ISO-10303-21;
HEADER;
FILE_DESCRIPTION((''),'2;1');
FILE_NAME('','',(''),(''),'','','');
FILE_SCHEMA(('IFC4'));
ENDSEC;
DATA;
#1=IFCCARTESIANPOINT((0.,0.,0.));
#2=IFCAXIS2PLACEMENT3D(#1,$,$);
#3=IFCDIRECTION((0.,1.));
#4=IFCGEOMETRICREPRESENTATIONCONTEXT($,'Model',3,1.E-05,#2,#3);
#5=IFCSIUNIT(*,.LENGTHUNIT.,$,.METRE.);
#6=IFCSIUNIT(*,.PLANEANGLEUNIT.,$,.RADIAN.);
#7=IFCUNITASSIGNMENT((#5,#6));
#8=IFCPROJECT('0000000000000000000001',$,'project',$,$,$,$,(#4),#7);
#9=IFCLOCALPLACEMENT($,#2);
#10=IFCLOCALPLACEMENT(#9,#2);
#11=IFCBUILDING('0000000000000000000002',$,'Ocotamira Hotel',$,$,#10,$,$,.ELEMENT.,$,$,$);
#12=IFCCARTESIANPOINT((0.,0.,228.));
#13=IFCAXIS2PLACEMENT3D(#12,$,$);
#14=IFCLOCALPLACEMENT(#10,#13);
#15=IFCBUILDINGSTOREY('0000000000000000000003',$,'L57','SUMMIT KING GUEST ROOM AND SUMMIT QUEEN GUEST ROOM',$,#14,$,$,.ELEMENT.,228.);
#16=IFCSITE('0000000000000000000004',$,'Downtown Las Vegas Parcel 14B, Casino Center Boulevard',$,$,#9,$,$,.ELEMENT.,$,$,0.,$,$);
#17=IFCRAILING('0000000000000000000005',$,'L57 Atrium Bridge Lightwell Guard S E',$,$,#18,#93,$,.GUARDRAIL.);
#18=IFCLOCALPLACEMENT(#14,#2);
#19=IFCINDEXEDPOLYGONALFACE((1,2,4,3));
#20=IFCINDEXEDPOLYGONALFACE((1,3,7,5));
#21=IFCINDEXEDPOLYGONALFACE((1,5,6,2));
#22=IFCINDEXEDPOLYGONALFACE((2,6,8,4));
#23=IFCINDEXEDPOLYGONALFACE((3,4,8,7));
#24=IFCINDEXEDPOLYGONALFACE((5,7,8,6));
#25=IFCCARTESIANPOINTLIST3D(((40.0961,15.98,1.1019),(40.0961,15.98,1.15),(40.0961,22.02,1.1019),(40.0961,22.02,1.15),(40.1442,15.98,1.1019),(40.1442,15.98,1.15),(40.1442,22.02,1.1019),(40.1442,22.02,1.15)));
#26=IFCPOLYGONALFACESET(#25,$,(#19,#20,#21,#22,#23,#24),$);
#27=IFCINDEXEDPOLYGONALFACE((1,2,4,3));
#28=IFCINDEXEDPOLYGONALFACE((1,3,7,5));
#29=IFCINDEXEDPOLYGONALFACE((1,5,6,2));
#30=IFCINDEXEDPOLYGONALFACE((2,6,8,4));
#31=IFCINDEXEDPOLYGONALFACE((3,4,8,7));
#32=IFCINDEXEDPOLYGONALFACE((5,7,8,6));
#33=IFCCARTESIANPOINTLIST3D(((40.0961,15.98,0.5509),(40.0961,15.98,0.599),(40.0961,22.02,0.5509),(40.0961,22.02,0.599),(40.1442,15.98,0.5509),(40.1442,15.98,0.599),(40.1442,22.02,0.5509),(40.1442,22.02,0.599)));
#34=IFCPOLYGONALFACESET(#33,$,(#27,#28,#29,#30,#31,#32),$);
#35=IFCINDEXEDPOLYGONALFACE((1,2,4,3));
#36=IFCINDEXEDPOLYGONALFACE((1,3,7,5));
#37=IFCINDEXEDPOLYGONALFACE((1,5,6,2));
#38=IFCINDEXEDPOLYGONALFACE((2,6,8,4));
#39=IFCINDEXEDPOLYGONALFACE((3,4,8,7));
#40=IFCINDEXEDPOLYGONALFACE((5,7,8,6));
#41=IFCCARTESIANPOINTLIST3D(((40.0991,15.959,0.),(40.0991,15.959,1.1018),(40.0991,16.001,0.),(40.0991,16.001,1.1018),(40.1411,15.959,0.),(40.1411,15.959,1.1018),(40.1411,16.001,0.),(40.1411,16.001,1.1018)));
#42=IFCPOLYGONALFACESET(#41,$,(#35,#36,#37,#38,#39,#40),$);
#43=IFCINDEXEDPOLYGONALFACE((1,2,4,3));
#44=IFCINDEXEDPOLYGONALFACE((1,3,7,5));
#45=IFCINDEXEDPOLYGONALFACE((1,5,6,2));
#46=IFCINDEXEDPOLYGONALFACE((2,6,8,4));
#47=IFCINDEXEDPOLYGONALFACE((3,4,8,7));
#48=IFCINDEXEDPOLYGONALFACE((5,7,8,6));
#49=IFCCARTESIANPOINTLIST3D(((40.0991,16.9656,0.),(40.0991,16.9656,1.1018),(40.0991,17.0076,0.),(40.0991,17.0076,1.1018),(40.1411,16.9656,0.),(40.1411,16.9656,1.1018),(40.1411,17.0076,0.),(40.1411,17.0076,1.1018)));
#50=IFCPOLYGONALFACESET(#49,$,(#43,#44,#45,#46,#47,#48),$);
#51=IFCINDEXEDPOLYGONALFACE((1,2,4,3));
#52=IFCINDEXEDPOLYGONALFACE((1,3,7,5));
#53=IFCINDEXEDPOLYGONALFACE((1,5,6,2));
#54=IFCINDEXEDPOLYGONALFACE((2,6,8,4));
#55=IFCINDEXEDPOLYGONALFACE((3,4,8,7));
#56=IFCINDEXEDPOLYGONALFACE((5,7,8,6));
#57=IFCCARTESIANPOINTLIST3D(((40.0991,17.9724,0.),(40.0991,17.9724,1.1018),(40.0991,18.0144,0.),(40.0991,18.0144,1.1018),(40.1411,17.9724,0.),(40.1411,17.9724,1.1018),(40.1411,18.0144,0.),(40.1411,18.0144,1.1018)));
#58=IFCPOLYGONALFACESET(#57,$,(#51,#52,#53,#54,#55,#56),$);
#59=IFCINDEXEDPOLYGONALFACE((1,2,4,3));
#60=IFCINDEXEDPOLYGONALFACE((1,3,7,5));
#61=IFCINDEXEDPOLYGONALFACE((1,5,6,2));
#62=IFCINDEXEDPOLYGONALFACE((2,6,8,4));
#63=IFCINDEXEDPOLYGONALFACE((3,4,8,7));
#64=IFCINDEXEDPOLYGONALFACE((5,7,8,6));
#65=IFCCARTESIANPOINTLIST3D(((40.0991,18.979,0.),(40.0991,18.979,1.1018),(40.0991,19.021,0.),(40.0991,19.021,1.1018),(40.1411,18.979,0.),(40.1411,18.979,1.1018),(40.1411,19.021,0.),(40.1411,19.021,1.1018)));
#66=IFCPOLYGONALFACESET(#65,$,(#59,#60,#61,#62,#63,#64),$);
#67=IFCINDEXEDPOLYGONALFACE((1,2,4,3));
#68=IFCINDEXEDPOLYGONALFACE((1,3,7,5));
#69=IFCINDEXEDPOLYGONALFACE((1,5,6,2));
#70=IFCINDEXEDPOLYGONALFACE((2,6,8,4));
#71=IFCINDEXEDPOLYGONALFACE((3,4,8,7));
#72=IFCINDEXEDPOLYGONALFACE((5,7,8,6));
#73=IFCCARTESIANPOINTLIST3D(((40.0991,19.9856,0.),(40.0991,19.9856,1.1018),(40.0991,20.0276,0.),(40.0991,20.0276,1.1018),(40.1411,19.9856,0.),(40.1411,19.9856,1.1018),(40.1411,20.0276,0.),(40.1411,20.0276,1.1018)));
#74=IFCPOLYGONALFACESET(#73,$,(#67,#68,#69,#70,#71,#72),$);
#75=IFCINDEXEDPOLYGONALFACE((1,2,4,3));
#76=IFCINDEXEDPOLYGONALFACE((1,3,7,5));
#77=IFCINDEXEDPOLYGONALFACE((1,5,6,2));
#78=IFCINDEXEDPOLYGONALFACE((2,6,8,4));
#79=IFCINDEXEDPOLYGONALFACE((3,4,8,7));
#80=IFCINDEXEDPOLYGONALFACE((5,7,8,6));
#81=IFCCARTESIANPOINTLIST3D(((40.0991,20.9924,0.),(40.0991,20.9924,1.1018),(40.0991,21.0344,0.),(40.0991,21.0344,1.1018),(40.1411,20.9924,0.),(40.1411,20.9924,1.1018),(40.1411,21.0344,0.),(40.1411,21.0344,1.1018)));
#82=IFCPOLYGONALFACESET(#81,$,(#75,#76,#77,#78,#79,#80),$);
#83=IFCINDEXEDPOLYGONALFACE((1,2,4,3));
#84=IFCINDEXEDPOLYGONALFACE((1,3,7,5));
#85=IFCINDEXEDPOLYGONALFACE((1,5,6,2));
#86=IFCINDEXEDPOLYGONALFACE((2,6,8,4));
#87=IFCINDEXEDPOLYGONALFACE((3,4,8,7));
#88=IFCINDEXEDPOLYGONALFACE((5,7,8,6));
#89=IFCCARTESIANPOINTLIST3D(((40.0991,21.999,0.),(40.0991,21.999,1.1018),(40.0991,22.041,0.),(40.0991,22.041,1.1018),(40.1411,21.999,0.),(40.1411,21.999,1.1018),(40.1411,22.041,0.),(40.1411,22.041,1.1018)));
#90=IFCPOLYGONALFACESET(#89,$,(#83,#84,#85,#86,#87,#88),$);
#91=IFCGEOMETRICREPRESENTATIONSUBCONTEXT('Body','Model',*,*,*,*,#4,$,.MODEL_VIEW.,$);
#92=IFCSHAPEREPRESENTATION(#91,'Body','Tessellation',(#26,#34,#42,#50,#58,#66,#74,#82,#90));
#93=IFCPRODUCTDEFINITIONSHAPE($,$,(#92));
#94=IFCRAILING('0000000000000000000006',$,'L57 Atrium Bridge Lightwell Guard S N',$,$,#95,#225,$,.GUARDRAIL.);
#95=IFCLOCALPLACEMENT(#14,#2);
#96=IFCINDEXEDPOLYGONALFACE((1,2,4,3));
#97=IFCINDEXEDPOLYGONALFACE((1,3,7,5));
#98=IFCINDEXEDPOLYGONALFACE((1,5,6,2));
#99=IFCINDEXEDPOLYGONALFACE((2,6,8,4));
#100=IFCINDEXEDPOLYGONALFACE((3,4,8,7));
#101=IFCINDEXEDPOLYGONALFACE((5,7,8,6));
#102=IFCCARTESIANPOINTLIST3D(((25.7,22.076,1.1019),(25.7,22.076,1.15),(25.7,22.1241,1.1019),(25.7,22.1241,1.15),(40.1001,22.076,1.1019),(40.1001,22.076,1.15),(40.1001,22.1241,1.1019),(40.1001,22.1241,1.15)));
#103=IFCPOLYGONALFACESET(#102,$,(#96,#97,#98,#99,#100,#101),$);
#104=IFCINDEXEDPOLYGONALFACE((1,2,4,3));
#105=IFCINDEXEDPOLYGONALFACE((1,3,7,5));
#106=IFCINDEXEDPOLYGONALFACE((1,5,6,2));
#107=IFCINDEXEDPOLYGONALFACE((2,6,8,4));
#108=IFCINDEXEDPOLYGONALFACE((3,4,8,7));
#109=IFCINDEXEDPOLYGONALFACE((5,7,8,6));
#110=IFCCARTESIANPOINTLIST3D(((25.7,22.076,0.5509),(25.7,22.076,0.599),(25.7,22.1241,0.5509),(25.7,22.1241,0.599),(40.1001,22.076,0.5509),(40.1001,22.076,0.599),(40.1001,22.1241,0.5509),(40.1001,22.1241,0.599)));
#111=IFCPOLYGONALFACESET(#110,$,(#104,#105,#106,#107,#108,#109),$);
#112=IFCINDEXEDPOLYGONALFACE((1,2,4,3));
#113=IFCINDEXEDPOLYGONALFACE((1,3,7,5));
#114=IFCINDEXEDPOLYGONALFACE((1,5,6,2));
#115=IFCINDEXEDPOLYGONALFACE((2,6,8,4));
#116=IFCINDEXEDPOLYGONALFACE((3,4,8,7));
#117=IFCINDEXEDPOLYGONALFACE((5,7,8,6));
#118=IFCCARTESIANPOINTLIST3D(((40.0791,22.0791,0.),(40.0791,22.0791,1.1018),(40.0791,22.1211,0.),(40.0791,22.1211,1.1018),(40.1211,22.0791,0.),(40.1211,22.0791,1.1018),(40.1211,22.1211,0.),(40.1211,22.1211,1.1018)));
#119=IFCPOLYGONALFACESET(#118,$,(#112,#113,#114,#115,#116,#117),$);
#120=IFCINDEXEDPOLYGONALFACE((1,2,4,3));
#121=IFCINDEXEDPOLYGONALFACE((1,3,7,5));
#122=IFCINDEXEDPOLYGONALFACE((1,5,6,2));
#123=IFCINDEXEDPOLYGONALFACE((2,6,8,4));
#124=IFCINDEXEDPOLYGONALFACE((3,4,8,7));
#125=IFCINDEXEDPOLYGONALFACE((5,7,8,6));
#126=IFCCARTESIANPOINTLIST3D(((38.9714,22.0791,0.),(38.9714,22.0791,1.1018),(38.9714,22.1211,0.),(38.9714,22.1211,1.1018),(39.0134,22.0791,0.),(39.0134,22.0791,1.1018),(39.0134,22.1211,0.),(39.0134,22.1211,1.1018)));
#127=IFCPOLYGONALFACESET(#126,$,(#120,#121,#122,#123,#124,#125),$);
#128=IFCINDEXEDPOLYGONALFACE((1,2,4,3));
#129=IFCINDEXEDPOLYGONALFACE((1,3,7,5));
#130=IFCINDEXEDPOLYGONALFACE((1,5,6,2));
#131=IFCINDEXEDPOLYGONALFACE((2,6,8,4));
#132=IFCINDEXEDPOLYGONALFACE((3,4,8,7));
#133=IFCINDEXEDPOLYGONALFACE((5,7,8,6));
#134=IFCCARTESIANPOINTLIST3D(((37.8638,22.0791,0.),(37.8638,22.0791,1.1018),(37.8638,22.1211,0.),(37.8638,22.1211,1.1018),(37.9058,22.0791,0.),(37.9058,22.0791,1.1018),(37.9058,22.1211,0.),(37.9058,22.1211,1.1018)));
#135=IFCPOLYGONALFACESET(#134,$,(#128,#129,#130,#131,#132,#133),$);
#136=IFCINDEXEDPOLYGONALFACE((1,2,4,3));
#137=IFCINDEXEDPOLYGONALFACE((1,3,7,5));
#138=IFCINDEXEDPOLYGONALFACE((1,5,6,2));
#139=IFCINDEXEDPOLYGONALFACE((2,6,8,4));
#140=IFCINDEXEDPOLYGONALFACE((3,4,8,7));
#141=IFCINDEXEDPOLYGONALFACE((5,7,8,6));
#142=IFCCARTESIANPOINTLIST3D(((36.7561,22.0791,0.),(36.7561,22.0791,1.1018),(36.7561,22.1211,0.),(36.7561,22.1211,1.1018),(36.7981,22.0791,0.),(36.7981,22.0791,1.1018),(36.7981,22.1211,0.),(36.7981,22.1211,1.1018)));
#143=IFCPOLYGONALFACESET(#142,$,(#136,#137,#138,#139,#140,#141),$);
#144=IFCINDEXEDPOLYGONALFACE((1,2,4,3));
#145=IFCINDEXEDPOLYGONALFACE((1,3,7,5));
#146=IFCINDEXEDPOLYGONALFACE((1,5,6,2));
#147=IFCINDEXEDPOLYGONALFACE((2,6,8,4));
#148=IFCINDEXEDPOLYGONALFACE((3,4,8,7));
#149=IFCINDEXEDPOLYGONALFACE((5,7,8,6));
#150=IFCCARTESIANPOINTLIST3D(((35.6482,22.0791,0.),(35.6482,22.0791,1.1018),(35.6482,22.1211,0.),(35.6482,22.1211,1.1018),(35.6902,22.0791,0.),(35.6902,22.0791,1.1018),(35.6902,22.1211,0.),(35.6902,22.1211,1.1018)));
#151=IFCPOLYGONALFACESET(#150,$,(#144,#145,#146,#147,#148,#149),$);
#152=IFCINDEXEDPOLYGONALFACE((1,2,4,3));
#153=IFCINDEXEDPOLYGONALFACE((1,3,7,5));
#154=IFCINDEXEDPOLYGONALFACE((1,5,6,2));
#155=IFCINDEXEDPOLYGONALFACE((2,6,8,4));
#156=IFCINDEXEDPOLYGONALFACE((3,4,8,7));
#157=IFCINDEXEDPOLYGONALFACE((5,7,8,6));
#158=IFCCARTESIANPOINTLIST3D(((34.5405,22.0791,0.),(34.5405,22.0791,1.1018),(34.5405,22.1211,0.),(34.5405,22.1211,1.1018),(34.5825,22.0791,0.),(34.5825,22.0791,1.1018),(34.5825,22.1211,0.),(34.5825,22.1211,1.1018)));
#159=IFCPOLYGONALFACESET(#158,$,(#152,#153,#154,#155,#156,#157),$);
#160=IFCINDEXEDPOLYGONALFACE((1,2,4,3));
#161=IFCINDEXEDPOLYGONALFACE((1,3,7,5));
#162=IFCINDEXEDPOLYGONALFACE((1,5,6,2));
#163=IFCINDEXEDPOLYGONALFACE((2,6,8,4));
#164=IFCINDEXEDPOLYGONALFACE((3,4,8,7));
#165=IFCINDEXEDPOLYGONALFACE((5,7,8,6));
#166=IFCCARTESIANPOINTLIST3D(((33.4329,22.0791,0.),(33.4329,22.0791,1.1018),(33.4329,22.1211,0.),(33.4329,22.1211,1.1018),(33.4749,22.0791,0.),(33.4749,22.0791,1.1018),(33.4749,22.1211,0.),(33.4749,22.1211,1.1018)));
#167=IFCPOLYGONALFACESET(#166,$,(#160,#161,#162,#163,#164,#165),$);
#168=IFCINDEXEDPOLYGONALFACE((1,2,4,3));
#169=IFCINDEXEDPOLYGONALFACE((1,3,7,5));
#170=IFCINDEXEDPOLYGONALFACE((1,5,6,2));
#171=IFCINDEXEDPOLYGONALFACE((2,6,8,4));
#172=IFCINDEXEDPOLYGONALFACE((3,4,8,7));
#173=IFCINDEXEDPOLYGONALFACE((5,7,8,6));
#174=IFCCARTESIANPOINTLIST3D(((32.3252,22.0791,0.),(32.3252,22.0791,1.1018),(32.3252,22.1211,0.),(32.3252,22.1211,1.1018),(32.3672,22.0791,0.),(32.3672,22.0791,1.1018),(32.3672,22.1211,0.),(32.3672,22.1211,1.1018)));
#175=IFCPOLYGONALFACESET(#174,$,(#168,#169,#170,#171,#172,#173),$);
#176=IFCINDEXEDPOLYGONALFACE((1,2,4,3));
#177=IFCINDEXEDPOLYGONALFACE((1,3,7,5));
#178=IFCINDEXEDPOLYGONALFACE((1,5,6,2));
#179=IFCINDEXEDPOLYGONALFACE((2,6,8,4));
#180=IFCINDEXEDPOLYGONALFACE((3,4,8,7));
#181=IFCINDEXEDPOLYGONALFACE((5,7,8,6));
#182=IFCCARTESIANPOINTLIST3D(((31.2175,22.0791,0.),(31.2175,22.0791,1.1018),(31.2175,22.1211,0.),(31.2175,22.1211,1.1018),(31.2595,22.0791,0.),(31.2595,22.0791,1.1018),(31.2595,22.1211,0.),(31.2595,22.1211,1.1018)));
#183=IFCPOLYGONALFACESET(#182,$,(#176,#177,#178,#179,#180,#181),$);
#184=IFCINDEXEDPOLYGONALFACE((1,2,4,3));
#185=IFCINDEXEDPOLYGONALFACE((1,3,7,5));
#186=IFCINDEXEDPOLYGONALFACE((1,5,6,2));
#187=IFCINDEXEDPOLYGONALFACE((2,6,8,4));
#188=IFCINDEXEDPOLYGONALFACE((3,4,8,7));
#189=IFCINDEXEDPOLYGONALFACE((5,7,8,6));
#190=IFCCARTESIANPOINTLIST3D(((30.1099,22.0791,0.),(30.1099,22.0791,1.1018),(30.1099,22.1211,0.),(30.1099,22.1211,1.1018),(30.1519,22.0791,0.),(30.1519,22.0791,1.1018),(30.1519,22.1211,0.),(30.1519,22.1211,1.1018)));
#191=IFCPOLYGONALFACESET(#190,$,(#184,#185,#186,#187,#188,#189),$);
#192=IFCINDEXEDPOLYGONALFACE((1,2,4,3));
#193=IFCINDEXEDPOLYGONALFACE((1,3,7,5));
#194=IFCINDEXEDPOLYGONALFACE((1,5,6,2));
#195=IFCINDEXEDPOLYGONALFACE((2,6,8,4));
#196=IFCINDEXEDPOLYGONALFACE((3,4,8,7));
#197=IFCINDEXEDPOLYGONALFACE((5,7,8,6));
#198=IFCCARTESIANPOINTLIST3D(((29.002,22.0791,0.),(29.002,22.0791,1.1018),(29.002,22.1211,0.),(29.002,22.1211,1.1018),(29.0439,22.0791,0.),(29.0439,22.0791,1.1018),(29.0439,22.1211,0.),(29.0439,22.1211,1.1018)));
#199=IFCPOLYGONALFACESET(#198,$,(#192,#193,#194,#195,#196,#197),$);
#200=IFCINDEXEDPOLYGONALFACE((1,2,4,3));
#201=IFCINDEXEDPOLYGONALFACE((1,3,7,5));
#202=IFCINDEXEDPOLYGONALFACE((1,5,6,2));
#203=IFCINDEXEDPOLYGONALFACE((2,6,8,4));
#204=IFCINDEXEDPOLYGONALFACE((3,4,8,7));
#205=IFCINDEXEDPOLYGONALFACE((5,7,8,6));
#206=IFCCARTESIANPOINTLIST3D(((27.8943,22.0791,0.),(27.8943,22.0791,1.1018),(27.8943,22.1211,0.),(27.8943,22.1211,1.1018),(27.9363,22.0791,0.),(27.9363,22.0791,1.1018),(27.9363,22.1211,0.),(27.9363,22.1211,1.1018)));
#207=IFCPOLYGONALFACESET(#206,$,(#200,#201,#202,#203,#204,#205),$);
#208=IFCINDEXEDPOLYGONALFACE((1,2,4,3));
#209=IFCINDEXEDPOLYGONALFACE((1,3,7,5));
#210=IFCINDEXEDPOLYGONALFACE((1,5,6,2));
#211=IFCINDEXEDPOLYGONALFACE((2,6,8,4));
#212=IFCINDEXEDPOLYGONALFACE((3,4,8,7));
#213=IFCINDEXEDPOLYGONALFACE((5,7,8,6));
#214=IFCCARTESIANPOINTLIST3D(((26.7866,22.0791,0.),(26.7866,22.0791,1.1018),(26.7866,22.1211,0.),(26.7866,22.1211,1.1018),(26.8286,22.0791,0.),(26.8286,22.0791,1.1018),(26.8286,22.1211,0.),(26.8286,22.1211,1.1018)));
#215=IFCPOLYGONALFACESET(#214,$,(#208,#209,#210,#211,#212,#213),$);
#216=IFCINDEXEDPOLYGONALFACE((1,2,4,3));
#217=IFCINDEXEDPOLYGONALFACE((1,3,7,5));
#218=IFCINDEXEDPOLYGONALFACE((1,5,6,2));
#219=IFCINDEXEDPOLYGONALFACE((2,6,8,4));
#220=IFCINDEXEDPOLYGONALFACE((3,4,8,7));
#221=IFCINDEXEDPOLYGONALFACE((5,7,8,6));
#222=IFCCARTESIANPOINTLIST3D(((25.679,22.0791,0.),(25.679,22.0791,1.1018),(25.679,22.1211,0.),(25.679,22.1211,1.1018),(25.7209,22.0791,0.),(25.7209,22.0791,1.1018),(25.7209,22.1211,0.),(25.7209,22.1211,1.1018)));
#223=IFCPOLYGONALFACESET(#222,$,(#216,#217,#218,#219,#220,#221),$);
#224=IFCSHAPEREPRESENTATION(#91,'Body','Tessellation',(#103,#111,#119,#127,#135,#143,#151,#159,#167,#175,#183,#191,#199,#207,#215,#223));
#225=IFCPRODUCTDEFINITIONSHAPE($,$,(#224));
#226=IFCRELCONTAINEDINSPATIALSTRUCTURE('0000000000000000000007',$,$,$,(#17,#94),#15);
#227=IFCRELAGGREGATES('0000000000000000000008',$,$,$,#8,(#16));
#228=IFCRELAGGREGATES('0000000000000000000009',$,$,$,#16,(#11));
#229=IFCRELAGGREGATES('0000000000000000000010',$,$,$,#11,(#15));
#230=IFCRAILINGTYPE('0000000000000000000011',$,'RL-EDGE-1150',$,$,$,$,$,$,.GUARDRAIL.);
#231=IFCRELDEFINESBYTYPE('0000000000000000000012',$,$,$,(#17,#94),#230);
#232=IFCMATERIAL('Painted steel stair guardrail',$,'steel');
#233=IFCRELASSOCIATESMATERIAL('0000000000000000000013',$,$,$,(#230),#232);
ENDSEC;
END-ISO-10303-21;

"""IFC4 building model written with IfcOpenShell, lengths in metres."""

from ifc_helpers import new_model, si_unit, direction, frame, origin, origin_2d, place, context, subcontext, project, spatial, rectangle, extrude, material, type_object, element, save


model = new_model("IFC4")

# Units and contexts
model_context = context("Model", 3, precision=1e-05, world=origin(), true_north=direction((0.0, 1.0)))
body_context = subcontext(model_context, "Body", "Model", "MODEL_VIEW")
ifc_project = project(units=[si_unit("LENGTHUNIT", "METRE"), si_unit("PLANEANGLEUNIT", "RADIAN")], contexts=[model_context])

# Site, building, storey
site_placement = place(None, origin())
site = spatial("IfcSite", under=ifc_project, at=site_placement, Name="Downtown Las Vegas Parcel 14B, Casino Center Boulevard", CompositionType="ELEMENT", RefElevation=0.0)
building_placement = place(site_placement, origin())
building = spatial("IfcBuilding", under=site, at=building_placement, Name="Ocotamira Hotel", CompositionType="ELEMENT")
storey_placement = place(building_placement, frame((0.0, 0.0, 228.0)))
storey = spatial("IfcBuildingStorey", under=building, at=storey_placement, Name="L57", Description="SUMMIT KING GUEST ROOM AND SUMMIT QUEEN GUEST ROOM", CompositionType="ELEMENT", Elevation=228.0)

# Railings
ifc_material_1 = material(Name="Painted steel stair guardrail", Category="steel")
railing_type = type_object("IfcRailingType", Name="RL-EDGE-1150", PredefinedType="GUARDRAIL", material=ifc_material_1)
railing_1_placement = place(storey_placement, frame((40.1201, 15.98, 0.0)))
element("IfcRailing", 1, at=railing_1_placement, inside=storey, type_object=railing_type, Name="L57 Atrium Bridge Lightwell Guard S E", PredefinedType="GUARDRAIL", context=body_context, shape_type="SweptSolid", body=[
    extrude(rectangle(XDim=0.0481, YDim=0.0481, at=origin_2d()), frame((0.0, 0.0, 1.126), z_axis=(0.0, 1.0, 0.0), x_axis=(-1.0, 0.0, 0.0)), (0.0, 0.0, 1.0), 6.04),
    extrude(rectangle(XDim=0.0481, YDim=0.0481, at=origin_2d()), frame((0.0, 0.0, 0.575), z_axis=(0.0, 1.0, 0.0), x_axis=(-1.0, 0.0, 0.0)), (0.0, 0.0, 1.0), 6.04),
    extrude(rectangle(XDim=0.042, YDim=0.042, at=origin_2d()), origin(), (0.0, 0.0, 1.0), 1.1018),
    extrude(rectangle(XDim=0.042, YDim=0.042, at=origin_2d()), frame((0.0, 1.0066, 0.0)), (0.0, 0.0, 1.0), 1.1018),
    extrude(rectangle(XDim=0.042, YDim=0.042, at=origin_2d()), frame((0.0, 2.0134, 0.0)), (0.0, 0.0, 1.0), 1.1018),
    extrude(rectangle(XDim=0.042, YDim=0.042, at=origin_2d()), frame((0.0, 3.02, 0.0)), (0.0, 0.0, 1.0), 1.1018),
    extrude(rectangle(XDim=0.042, YDim=0.042, at=origin_2d()), frame((0.0, 4.0266, 0.0)), (0.0, 0.0, 1.0), 1.1018),
    extrude(rectangle(XDim=0.042, YDim=0.042, at=origin_2d()), frame((0.0, 5.0334, 0.0)), (0.0, 0.0, 1.0), 1.1018),
    extrude(rectangle(XDim=0.042, YDim=0.042, at=origin_2d()), frame((0.0, 6.04, 0.0)), (0.0, 0.0, 1.0), 1.1018),
])
railing_2_placement = place(storey_placement, frame((40.1001, 22.1001, 0.0)))
element("IfcRailing", 2, at=railing_2_placement, inside=storey, type_object=railing_type, Name="L57 Atrium Bridge Lightwell Guard S N", PredefinedType="GUARDRAIL", context=body_context, shape_type="SweptSolid", body=[
    extrude(rectangle(XDim=0.0481, YDim=0.0481, at=origin_2d()), frame((0.0, 0.0, 1.126), z_axis=(-1.0, 0.0, 0.0), x_axis=(0.0, -1.0, 0.0)), (0.0, 0.0, 1.0), 14.4001),
    extrude(rectangle(XDim=0.0481, YDim=0.0481, at=origin_2d()), frame((0.0, 0.0, 0.575), z_axis=(-1.0, 0.0, 0.0), x_axis=(0.0, -1.0, 0.0)), (0.0, 0.0, 1.0), 14.4001),
    extrude(rectangle(XDim=0.042, YDim=0.042, at=origin_2d()), origin(), (0.0, 0.0, 1.0), 1.1018),
    extrude(rectangle(XDim=0.042, YDim=0.042, at=origin_2d()), frame((-1.1077, 0.0, 0.0)), (0.0, 0.0, 1.0), 1.1018),
    extrude(rectangle(XDim=0.042, YDim=0.042, at=origin_2d()), frame((-2.2153, 0.0, 0.0)), (0.0, 0.0, 1.0), 1.1018),
    extrude(rectangle(XDim=0.042, YDim=0.042, at=origin_2d()), frame((-3.323, 0.0, 0.0)), (0.0, 0.0, 1.0), 1.1018),
    extrude(rectangle(XDim=0.042, YDim=0.042, at=origin_2d()), frame((-4.4309, 0.0, 0.0)), (0.0, 0.0, 1.0), 1.1018),
    extrude(rectangle(XDim=0.042, YDim=0.042, at=origin_2d()), frame((-5.5386, 0.0, 0.0)), (0.0, 0.0, 1.0), 1.1018),
    extrude(rectangle(XDim=0.042, YDim=0.042, at=origin_2d()), frame((-6.6462, 0.0, 0.0)), (0.0, 0.0, 1.0), 1.1018),
    extrude(rectangle(XDim=0.042, YDim=0.042, at=origin_2d()), frame((-7.7539, 0.0, 0.0)), (0.0, 0.0, 1.0), 1.1018),
    extrude(rectangle(XDim=0.042, YDim=0.042, at=origin_2d()), frame((-8.8616, 0.0, 0.0)), (0.0, 0.0, 1.0), 1.1018),
    extrude(rectangle(XDim=0.042, YDim=0.042, at=origin_2d()), frame((-9.9692, 0.0, 0.0)), (0.0, 0.0, 1.0), 1.1018),
    extrude(rectangle(XDim=0.042, YDim=0.042, at=origin_2d()), frame((-11.0771, 0.0, 0.0)), (0.0, 0.0, 1.0), 1.1018),
    extrude(rectangle(XDim=0.042, YDim=0.042, at=origin_2d()), frame((-12.1848, 0.0, 0.0)), (0.0, 0.0, 1.0), 1.1018),
    extrude(rectangle(XDim=0.042, YDim=0.042, at=origin_2d()), frame((-13.2925, 0.0, 0.0)), (0.0, 0.0, 1.0), 1.1018),
    extrude(rectangle(XDim=0.042, YDim=0.042, at=origin_2d()), frame((-14.4001, 0.0, 0.0)), (0.0, 0.0, 1.0), 1.1018),
])

save(model, "model.ifc")
